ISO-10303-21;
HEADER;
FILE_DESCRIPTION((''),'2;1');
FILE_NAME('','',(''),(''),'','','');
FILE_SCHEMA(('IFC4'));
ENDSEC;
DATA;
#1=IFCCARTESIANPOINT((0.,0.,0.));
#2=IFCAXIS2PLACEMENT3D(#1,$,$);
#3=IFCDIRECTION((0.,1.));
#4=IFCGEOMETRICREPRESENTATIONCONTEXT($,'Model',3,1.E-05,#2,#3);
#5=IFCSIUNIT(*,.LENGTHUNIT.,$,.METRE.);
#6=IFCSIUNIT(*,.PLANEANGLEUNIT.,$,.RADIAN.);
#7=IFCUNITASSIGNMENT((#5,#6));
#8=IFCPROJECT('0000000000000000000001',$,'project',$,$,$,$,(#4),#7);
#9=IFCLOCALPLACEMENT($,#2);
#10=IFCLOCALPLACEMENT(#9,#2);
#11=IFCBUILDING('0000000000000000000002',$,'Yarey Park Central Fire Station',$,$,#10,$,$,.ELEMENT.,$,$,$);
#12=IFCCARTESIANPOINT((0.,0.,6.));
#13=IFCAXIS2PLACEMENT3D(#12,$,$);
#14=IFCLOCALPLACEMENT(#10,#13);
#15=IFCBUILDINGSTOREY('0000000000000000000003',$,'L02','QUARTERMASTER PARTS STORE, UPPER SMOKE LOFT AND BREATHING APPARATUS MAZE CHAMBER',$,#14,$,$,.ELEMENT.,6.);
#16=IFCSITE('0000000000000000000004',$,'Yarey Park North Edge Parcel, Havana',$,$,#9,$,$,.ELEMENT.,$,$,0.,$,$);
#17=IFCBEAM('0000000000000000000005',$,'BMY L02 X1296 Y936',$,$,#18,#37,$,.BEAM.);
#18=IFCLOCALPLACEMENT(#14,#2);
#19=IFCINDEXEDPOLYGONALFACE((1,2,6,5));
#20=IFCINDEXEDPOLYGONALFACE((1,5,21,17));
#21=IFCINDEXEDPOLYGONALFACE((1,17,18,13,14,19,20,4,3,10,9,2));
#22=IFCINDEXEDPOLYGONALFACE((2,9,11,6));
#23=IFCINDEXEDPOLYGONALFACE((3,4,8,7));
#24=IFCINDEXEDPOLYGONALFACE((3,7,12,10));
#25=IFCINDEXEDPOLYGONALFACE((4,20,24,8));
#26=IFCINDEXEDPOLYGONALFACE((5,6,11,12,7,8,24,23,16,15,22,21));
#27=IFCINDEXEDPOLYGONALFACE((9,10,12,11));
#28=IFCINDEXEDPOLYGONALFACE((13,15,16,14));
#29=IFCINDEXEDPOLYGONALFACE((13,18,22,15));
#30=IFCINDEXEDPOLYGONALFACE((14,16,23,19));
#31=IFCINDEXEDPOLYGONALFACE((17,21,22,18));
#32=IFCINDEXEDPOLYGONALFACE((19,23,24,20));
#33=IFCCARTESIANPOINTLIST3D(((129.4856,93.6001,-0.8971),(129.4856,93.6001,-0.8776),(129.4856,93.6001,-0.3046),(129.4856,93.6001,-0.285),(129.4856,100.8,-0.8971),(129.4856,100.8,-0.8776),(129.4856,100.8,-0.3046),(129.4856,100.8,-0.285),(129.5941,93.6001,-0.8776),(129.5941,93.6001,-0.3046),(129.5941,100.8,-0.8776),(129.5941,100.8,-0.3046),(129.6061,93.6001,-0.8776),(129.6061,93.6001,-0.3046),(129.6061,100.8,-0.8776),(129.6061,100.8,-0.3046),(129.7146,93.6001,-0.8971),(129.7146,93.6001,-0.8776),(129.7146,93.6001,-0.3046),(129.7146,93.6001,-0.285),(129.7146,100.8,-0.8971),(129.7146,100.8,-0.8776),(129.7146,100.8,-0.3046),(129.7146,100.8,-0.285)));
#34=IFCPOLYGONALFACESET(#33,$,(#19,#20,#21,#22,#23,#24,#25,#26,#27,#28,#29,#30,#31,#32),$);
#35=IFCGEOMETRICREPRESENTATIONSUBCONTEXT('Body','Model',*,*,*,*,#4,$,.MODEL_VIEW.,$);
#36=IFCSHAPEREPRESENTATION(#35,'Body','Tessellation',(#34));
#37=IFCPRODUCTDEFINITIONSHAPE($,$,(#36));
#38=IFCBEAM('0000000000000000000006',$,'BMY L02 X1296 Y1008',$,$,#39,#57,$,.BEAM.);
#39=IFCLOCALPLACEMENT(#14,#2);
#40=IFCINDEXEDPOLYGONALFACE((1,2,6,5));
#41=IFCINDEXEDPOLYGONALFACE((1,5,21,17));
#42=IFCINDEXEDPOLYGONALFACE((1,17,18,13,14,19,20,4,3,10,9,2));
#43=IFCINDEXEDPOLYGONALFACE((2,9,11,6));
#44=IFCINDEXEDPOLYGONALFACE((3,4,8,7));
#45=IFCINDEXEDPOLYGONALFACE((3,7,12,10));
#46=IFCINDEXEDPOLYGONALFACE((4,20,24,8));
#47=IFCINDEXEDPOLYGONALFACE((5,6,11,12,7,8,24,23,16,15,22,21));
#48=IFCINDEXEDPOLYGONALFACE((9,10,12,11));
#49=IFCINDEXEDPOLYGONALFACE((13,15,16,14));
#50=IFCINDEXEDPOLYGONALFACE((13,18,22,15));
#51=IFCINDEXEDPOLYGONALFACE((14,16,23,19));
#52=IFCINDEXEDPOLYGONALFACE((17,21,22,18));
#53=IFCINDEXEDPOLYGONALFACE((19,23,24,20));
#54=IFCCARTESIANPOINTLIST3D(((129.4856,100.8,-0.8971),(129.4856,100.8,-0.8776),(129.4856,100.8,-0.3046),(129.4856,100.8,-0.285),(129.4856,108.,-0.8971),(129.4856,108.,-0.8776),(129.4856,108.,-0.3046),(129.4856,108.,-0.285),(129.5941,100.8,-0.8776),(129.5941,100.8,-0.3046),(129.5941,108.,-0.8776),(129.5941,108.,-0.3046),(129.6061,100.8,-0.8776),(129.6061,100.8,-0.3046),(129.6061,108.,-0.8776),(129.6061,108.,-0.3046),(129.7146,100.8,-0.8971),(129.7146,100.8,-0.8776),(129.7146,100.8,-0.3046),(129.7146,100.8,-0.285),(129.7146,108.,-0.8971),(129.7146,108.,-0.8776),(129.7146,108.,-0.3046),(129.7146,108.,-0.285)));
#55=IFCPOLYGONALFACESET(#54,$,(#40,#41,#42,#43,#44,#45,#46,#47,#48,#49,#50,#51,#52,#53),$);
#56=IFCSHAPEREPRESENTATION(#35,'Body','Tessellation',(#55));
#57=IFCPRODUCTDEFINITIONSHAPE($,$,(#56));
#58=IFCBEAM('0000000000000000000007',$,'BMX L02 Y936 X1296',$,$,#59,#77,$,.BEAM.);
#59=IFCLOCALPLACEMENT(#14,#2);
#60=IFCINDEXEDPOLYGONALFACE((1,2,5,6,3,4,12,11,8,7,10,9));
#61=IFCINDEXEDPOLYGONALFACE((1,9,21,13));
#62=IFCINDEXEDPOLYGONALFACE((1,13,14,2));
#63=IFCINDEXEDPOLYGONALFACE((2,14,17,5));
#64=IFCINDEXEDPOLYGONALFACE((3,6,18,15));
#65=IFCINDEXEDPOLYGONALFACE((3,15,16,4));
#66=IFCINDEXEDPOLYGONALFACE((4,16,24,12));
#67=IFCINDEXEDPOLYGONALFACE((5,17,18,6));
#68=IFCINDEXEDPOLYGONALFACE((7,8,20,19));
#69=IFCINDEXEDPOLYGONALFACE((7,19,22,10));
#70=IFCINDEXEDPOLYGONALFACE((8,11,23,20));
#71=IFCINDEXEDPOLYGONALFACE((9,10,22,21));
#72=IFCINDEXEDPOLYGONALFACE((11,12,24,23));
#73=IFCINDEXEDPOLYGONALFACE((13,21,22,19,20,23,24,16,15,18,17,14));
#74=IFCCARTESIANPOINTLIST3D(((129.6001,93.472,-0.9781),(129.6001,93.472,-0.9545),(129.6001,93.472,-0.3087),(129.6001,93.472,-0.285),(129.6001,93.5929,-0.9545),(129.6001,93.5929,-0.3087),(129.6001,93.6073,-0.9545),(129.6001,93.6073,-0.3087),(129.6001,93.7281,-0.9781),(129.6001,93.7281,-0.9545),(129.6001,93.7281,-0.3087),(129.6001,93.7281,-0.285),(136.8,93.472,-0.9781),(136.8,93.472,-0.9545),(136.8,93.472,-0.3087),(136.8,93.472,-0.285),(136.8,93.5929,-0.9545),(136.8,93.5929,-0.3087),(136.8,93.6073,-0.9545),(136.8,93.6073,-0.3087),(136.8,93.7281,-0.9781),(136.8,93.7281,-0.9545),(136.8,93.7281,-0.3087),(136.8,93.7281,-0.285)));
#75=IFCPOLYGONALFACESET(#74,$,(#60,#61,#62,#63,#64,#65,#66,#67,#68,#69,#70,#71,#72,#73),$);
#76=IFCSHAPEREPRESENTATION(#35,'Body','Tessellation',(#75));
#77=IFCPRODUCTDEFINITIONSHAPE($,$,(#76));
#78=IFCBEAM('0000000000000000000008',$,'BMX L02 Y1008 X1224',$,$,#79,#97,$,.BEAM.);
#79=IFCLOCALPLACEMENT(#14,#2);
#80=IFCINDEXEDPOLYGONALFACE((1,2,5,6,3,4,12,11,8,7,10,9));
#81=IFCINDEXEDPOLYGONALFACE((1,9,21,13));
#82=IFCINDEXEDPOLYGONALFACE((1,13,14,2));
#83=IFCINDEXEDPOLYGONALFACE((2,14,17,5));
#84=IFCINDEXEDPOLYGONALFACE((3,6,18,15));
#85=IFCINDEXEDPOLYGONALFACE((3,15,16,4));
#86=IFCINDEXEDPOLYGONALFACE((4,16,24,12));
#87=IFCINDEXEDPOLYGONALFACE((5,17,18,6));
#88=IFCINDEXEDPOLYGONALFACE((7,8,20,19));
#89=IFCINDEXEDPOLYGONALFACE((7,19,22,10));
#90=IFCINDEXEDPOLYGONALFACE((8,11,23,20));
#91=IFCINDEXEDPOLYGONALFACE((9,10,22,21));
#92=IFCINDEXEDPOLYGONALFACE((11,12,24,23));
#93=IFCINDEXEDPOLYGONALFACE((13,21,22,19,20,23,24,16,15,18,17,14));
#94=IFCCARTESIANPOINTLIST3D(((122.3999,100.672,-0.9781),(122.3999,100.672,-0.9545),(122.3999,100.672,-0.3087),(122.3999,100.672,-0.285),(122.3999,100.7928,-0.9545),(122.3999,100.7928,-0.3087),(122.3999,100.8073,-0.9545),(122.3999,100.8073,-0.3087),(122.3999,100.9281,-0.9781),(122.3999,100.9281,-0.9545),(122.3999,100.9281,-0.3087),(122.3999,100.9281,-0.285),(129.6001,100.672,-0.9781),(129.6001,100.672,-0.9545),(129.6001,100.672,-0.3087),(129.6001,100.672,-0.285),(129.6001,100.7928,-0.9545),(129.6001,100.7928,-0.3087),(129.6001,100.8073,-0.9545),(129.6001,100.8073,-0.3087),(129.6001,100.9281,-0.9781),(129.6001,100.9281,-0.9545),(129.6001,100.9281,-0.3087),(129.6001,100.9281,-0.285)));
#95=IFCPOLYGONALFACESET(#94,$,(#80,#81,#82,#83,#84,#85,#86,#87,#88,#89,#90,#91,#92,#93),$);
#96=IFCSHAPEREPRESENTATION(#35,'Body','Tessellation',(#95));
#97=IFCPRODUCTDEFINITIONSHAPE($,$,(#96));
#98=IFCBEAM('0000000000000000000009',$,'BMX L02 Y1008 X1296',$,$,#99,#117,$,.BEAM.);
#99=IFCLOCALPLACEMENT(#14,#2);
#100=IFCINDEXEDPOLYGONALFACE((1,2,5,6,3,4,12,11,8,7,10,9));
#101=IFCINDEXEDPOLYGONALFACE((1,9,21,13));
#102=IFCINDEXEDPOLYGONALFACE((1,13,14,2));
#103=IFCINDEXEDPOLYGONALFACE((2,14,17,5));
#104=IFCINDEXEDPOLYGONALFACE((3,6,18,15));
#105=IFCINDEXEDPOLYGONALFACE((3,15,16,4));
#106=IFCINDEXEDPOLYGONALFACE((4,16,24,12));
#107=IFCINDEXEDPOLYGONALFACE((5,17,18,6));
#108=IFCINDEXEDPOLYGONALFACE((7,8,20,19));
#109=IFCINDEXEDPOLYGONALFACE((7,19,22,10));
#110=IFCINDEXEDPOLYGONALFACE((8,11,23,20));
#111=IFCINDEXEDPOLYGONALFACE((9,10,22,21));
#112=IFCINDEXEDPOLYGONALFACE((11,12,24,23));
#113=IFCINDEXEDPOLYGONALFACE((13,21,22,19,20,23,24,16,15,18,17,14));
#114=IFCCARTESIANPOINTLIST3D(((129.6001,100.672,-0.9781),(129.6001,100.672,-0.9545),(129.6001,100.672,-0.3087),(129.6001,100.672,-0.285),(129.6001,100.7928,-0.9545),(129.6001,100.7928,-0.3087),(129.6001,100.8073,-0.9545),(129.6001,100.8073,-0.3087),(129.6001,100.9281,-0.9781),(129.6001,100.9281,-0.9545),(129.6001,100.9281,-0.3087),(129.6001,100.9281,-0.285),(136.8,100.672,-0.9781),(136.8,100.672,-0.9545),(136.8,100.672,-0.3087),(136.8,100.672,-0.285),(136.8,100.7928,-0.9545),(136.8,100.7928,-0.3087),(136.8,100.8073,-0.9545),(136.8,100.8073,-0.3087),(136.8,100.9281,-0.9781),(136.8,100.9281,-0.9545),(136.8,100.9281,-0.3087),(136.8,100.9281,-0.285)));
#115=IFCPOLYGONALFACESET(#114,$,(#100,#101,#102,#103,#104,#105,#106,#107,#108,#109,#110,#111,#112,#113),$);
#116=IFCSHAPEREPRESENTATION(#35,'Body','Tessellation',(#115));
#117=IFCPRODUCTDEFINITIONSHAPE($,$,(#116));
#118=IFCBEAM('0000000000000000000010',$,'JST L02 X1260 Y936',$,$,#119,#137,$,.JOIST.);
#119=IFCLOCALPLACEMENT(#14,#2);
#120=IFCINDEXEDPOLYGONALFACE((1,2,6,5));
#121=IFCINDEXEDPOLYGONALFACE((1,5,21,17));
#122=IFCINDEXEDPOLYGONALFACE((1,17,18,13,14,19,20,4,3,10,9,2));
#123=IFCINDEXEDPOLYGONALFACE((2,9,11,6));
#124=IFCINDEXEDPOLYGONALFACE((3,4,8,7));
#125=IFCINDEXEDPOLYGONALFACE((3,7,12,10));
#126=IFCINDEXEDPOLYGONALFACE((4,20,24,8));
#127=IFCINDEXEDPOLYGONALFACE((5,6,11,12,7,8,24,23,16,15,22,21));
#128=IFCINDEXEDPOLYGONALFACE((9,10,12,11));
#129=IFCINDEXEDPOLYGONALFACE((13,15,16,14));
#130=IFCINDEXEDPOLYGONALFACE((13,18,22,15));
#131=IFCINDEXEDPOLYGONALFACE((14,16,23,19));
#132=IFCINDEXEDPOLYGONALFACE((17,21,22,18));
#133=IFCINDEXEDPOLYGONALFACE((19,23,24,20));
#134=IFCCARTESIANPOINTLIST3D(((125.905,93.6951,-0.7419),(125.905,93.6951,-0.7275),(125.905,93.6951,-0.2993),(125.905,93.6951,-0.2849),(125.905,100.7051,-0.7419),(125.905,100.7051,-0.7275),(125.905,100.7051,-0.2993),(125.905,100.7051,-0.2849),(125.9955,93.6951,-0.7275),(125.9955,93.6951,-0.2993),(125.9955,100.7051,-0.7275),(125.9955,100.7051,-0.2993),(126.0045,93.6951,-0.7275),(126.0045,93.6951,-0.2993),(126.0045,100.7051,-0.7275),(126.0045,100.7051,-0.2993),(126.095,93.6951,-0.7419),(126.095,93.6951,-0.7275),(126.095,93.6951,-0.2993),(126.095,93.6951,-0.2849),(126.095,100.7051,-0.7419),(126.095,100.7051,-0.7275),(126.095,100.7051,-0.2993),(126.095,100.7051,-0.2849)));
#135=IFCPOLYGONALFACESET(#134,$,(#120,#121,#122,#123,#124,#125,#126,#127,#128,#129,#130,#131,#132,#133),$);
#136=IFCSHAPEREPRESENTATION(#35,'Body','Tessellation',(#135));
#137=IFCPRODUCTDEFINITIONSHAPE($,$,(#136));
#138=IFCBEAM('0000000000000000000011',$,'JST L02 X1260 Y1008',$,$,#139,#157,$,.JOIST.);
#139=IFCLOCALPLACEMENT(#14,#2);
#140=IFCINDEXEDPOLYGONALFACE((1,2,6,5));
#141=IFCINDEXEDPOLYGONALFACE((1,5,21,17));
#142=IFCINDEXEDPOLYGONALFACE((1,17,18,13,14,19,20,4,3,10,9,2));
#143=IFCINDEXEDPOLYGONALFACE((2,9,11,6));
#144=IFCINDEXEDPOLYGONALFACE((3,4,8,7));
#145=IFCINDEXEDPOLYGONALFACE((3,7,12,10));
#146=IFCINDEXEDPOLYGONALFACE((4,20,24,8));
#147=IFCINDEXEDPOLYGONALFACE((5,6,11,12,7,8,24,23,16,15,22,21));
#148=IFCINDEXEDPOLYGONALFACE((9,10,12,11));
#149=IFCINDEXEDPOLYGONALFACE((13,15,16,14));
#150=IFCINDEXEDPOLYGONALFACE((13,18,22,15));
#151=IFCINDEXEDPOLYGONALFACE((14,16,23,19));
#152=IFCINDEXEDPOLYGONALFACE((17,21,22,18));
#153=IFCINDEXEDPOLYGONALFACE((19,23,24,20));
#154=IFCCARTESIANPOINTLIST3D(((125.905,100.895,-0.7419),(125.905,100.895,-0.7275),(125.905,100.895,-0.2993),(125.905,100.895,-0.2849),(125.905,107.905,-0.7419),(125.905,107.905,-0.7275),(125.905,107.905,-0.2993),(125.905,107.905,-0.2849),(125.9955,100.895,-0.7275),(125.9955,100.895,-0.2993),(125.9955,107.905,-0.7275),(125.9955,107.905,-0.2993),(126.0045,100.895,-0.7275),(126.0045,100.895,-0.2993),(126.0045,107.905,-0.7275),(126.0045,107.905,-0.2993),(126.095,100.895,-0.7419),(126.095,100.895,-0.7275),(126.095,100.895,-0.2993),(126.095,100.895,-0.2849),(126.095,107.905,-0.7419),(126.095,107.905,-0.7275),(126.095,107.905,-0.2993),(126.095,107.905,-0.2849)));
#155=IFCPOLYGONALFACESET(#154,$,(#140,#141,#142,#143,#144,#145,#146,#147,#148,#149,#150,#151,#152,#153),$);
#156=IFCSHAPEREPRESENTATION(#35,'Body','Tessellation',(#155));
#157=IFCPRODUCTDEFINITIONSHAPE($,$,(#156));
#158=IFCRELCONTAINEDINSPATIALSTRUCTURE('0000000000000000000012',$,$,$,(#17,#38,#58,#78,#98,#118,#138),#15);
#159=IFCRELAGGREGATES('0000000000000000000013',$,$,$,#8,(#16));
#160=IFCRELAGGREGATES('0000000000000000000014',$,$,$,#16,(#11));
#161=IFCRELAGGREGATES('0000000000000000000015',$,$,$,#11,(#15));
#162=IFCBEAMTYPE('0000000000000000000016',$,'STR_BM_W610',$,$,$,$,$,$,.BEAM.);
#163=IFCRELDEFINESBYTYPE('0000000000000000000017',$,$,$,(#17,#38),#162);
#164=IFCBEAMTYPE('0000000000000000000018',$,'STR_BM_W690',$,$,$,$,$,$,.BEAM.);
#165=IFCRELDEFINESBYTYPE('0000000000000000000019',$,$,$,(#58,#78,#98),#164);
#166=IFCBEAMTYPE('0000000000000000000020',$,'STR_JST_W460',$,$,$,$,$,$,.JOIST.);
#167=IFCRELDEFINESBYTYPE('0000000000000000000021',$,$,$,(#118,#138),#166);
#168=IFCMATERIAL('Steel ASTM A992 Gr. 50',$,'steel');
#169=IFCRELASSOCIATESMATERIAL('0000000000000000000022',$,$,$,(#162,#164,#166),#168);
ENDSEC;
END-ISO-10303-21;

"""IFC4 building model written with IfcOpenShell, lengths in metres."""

from ifc_helpers import new_model, si_unit, direction, frame, origin, origin_2d, place, context, subcontext, project, spatial, i_section, extrude, material, material_profile, profile_set, type_object, element, save


model = new_model("IFC4")

# Units and contexts
model_context = context("Model", 3, precision=1e-05, world=origin(), true_north=direction((0.0, 1.0)))
body_context = subcontext(model_context, "Body", "Model", "MODEL_VIEW")
ifc_project = project(units=[si_unit("LENGTHUNIT", "METRE"), si_unit("PLANEANGLEUNIT", "RADIAN")], contexts=[model_context])

# Site, building, storey
site_placement = place(None, origin())
site = spatial("IfcSite", under=ifc_project, at=site_placement, Name="Yarey Park North Edge Parcel, Havana", CompositionType="ELEMENT", RefElevation=0.0)
building_placement = place(site_placement, origin())
building = spatial("IfcBuilding", under=site, at=building_placement, Name="Yarey Park Central Fire Station", CompositionType="ELEMENT")
storey_placement = place(building_placement, frame((0.0, 0.0, 6.0)))
storey = spatial("IfcBuildingStorey", under=building, at=storey_placement, Name="L02", Description="QUARTERMASTER PARTS STORE, UPPER SMOKE LOFT AND BREATHING APPARATUS MAZE CHAMBER", CompositionType="ELEMENT", Elevation=6.0)

# Beams
ifc_material_1 = material(Name="Steel ASTM A992 Gr. 50", Category="steel")
ifc_material_profile_1 = material_profile(ifc_material_1, i_section(OverallWidth=0.229, OverallDepth=0.6121, WebThickness=0.012, FlangeThickness=0.0195, at=origin_2d()), Name="W610x125")
ifc_profile_set_1 = profile_set([ifc_material_profile_1], Name="Steel ASTM A992 Gr. 50")
beam_type_1 = type_object("IfcBeamType", Name="STR_BM_W610", PredefinedType="BEAM", material=ifc_profile_set_1)
for number, where, z_axis, x_axis, name in (
    (1, (129.6001, 93.6001, -0.5911), (0.0, 1.0, 0.0), (-1.0, 0.0, 0.0), "BMY L02 X1296 Y936"),
    (2, (129.6001, 100.8, -0.5911), (0.0, 1.0, 0.0), (-1.0, 0.0, 0.0), "BMY L02 X1296 Y1008"),
):
    element("IfcBeam", number, at=place(storey_placement, frame(where, z_axis=z_axis, x_axis=x_axis)), inside=storey, type_object=beam_type_1, Name=name, PredefinedType="BEAM", context=body_context, shape_type="SweptSolid", body=[
        extrude(i_section(OverallWidth=0.229, OverallDepth=0.6121, WebThickness=0.012, FlangeThickness=0.0195, at=origin_2d()), origin(), (0.0, 0.0, 1.0), 7.2),
    ])
ifc_material_profile_2 = material_profile(ifc_material_1, i_section(OverallWidth=0.2561, OverallDepth=0.6931, WebThickness=0.0144, FlangeThickness=0.0237, at=origin_2d()), Name="W690x170")
ifc_profile_set_2 = profile_set([ifc_material_profile_2], Name="Steel ASTM A992 Gr. 50")
beam_type_2 = type_object("IfcBeamType", Name="STR_BM_W690", PredefinedType="BEAM", material=ifc_profile_set_2)
beam_1_placement = place(storey_placement, frame((129.6001, 93.6001, -0.6316), z_axis=(1.0, 0.0, 0.0), x_axis=(0.0, 1.0, 0.0)))
element("IfcBeam", 3, at=beam_1_placement, inside=storey, type_object=beam_type_2, Name="BMX L02 Y936 X1296", PredefinedType="BEAM", context=body_context, shape_type="SweptSolid", body=[
    extrude(i_section(OverallWidth=0.2561, OverallDepth=0.6931, WebThickness=0.0144, FlangeThickness=0.0237, at=origin_2d()), origin(), (0.0, 0.0, 1.0), 7.2),
])
beam_2_placement = place(storey_placement, frame((122.3999, 100.8, -0.6316), z_axis=(1.0, 0.0, 0.0), x_axis=(0.0, 1.0, 0.0)))
element("IfcBeam", 4, at=beam_2_placement, inside=storey, type_object=beam_type_2, Name="BMX L02 Y1008 X1224", PredefinedType="BEAM", context=body_context, shape_type="SweptSolid", body=[
    extrude(i_section(OverallWidth=0.2561, OverallDepth=0.6931, WebThickness=0.0144, FlangeThickness=0.0237, at=origin_2d()), origin(), (0.0, 0.0, 1.0), 7.2002),
])
beam_3_placement = place(storey_placement, frame((129.6001, 100.8, -0.6316), z_axis=(1.0, 0.0, 0.0), x_axis=(0.0, 1.0, 0.0)))
element("IfcBeam", 5, at=beam_3_placement, inside=storey, type_object=beam_type_2, Name="BMX L02 Y1008 X1296", PredefinedType="BEAM", context=body_context, shape_type="SweptSolid", body=[
    extrude(i_section(OverallWidth=0.2561, OverallDepth=0.6931, WebThickness=0.0144, FlangeThickness=0.0237, at=origin_2d()), origin(), (0.0, 0.0, 1.0), 7.2),
])
ifc_material_profile_3 = material_profile(ifc_material_1, i_section(OverallWidth=0.1899, OverallDepth=0.457, WebThickness=0.009, FlangeThickness=0.0144, at=origin_2d()), Name="W460x74")
ifc_profile_set_3 = profile_set([ifc_material_profile_3], Name="Steel ASTM A992 Gr. 50")
beam_type_3 = type_object("IfcBeamType", Name="STR_JST_W460", PredefinedType="JOIST", material=ifc_profile_set_3)
for number, where, z_axis, x_axis, name in (
    (6, (126.0, 93.6951, -0.5134), (0.0, 1.0, 0.0), (-1.0, 0.0, 0.0), "JST L02 X1260 Y936"),
    (7, (126.0, 100.895, -0.5134), (0.0, 1.0, 0.0), (-1.0, 0.0, 0.0), "JST L02 X1260 Y1008"),
):
    element("IfcBeam", number, at=place(storey_placement, frame(where, z_axis=z_axis, x_axis=x_axis)), inside=storey, type_object=beam_type_3, Name=name, PredefinedType="JOIST", context=body_context, shape_type="SweptSolid", body=[
        extrude(i_section(OverallWidth=0.1899, OverallDepth=0.457, WebThickness=0.009, FlangeThickness=0.0144, at=origin_2d()), origin(), (0.0, 0.0, 1.0), 7.01),
    ])

save(model, "model.ifc")
